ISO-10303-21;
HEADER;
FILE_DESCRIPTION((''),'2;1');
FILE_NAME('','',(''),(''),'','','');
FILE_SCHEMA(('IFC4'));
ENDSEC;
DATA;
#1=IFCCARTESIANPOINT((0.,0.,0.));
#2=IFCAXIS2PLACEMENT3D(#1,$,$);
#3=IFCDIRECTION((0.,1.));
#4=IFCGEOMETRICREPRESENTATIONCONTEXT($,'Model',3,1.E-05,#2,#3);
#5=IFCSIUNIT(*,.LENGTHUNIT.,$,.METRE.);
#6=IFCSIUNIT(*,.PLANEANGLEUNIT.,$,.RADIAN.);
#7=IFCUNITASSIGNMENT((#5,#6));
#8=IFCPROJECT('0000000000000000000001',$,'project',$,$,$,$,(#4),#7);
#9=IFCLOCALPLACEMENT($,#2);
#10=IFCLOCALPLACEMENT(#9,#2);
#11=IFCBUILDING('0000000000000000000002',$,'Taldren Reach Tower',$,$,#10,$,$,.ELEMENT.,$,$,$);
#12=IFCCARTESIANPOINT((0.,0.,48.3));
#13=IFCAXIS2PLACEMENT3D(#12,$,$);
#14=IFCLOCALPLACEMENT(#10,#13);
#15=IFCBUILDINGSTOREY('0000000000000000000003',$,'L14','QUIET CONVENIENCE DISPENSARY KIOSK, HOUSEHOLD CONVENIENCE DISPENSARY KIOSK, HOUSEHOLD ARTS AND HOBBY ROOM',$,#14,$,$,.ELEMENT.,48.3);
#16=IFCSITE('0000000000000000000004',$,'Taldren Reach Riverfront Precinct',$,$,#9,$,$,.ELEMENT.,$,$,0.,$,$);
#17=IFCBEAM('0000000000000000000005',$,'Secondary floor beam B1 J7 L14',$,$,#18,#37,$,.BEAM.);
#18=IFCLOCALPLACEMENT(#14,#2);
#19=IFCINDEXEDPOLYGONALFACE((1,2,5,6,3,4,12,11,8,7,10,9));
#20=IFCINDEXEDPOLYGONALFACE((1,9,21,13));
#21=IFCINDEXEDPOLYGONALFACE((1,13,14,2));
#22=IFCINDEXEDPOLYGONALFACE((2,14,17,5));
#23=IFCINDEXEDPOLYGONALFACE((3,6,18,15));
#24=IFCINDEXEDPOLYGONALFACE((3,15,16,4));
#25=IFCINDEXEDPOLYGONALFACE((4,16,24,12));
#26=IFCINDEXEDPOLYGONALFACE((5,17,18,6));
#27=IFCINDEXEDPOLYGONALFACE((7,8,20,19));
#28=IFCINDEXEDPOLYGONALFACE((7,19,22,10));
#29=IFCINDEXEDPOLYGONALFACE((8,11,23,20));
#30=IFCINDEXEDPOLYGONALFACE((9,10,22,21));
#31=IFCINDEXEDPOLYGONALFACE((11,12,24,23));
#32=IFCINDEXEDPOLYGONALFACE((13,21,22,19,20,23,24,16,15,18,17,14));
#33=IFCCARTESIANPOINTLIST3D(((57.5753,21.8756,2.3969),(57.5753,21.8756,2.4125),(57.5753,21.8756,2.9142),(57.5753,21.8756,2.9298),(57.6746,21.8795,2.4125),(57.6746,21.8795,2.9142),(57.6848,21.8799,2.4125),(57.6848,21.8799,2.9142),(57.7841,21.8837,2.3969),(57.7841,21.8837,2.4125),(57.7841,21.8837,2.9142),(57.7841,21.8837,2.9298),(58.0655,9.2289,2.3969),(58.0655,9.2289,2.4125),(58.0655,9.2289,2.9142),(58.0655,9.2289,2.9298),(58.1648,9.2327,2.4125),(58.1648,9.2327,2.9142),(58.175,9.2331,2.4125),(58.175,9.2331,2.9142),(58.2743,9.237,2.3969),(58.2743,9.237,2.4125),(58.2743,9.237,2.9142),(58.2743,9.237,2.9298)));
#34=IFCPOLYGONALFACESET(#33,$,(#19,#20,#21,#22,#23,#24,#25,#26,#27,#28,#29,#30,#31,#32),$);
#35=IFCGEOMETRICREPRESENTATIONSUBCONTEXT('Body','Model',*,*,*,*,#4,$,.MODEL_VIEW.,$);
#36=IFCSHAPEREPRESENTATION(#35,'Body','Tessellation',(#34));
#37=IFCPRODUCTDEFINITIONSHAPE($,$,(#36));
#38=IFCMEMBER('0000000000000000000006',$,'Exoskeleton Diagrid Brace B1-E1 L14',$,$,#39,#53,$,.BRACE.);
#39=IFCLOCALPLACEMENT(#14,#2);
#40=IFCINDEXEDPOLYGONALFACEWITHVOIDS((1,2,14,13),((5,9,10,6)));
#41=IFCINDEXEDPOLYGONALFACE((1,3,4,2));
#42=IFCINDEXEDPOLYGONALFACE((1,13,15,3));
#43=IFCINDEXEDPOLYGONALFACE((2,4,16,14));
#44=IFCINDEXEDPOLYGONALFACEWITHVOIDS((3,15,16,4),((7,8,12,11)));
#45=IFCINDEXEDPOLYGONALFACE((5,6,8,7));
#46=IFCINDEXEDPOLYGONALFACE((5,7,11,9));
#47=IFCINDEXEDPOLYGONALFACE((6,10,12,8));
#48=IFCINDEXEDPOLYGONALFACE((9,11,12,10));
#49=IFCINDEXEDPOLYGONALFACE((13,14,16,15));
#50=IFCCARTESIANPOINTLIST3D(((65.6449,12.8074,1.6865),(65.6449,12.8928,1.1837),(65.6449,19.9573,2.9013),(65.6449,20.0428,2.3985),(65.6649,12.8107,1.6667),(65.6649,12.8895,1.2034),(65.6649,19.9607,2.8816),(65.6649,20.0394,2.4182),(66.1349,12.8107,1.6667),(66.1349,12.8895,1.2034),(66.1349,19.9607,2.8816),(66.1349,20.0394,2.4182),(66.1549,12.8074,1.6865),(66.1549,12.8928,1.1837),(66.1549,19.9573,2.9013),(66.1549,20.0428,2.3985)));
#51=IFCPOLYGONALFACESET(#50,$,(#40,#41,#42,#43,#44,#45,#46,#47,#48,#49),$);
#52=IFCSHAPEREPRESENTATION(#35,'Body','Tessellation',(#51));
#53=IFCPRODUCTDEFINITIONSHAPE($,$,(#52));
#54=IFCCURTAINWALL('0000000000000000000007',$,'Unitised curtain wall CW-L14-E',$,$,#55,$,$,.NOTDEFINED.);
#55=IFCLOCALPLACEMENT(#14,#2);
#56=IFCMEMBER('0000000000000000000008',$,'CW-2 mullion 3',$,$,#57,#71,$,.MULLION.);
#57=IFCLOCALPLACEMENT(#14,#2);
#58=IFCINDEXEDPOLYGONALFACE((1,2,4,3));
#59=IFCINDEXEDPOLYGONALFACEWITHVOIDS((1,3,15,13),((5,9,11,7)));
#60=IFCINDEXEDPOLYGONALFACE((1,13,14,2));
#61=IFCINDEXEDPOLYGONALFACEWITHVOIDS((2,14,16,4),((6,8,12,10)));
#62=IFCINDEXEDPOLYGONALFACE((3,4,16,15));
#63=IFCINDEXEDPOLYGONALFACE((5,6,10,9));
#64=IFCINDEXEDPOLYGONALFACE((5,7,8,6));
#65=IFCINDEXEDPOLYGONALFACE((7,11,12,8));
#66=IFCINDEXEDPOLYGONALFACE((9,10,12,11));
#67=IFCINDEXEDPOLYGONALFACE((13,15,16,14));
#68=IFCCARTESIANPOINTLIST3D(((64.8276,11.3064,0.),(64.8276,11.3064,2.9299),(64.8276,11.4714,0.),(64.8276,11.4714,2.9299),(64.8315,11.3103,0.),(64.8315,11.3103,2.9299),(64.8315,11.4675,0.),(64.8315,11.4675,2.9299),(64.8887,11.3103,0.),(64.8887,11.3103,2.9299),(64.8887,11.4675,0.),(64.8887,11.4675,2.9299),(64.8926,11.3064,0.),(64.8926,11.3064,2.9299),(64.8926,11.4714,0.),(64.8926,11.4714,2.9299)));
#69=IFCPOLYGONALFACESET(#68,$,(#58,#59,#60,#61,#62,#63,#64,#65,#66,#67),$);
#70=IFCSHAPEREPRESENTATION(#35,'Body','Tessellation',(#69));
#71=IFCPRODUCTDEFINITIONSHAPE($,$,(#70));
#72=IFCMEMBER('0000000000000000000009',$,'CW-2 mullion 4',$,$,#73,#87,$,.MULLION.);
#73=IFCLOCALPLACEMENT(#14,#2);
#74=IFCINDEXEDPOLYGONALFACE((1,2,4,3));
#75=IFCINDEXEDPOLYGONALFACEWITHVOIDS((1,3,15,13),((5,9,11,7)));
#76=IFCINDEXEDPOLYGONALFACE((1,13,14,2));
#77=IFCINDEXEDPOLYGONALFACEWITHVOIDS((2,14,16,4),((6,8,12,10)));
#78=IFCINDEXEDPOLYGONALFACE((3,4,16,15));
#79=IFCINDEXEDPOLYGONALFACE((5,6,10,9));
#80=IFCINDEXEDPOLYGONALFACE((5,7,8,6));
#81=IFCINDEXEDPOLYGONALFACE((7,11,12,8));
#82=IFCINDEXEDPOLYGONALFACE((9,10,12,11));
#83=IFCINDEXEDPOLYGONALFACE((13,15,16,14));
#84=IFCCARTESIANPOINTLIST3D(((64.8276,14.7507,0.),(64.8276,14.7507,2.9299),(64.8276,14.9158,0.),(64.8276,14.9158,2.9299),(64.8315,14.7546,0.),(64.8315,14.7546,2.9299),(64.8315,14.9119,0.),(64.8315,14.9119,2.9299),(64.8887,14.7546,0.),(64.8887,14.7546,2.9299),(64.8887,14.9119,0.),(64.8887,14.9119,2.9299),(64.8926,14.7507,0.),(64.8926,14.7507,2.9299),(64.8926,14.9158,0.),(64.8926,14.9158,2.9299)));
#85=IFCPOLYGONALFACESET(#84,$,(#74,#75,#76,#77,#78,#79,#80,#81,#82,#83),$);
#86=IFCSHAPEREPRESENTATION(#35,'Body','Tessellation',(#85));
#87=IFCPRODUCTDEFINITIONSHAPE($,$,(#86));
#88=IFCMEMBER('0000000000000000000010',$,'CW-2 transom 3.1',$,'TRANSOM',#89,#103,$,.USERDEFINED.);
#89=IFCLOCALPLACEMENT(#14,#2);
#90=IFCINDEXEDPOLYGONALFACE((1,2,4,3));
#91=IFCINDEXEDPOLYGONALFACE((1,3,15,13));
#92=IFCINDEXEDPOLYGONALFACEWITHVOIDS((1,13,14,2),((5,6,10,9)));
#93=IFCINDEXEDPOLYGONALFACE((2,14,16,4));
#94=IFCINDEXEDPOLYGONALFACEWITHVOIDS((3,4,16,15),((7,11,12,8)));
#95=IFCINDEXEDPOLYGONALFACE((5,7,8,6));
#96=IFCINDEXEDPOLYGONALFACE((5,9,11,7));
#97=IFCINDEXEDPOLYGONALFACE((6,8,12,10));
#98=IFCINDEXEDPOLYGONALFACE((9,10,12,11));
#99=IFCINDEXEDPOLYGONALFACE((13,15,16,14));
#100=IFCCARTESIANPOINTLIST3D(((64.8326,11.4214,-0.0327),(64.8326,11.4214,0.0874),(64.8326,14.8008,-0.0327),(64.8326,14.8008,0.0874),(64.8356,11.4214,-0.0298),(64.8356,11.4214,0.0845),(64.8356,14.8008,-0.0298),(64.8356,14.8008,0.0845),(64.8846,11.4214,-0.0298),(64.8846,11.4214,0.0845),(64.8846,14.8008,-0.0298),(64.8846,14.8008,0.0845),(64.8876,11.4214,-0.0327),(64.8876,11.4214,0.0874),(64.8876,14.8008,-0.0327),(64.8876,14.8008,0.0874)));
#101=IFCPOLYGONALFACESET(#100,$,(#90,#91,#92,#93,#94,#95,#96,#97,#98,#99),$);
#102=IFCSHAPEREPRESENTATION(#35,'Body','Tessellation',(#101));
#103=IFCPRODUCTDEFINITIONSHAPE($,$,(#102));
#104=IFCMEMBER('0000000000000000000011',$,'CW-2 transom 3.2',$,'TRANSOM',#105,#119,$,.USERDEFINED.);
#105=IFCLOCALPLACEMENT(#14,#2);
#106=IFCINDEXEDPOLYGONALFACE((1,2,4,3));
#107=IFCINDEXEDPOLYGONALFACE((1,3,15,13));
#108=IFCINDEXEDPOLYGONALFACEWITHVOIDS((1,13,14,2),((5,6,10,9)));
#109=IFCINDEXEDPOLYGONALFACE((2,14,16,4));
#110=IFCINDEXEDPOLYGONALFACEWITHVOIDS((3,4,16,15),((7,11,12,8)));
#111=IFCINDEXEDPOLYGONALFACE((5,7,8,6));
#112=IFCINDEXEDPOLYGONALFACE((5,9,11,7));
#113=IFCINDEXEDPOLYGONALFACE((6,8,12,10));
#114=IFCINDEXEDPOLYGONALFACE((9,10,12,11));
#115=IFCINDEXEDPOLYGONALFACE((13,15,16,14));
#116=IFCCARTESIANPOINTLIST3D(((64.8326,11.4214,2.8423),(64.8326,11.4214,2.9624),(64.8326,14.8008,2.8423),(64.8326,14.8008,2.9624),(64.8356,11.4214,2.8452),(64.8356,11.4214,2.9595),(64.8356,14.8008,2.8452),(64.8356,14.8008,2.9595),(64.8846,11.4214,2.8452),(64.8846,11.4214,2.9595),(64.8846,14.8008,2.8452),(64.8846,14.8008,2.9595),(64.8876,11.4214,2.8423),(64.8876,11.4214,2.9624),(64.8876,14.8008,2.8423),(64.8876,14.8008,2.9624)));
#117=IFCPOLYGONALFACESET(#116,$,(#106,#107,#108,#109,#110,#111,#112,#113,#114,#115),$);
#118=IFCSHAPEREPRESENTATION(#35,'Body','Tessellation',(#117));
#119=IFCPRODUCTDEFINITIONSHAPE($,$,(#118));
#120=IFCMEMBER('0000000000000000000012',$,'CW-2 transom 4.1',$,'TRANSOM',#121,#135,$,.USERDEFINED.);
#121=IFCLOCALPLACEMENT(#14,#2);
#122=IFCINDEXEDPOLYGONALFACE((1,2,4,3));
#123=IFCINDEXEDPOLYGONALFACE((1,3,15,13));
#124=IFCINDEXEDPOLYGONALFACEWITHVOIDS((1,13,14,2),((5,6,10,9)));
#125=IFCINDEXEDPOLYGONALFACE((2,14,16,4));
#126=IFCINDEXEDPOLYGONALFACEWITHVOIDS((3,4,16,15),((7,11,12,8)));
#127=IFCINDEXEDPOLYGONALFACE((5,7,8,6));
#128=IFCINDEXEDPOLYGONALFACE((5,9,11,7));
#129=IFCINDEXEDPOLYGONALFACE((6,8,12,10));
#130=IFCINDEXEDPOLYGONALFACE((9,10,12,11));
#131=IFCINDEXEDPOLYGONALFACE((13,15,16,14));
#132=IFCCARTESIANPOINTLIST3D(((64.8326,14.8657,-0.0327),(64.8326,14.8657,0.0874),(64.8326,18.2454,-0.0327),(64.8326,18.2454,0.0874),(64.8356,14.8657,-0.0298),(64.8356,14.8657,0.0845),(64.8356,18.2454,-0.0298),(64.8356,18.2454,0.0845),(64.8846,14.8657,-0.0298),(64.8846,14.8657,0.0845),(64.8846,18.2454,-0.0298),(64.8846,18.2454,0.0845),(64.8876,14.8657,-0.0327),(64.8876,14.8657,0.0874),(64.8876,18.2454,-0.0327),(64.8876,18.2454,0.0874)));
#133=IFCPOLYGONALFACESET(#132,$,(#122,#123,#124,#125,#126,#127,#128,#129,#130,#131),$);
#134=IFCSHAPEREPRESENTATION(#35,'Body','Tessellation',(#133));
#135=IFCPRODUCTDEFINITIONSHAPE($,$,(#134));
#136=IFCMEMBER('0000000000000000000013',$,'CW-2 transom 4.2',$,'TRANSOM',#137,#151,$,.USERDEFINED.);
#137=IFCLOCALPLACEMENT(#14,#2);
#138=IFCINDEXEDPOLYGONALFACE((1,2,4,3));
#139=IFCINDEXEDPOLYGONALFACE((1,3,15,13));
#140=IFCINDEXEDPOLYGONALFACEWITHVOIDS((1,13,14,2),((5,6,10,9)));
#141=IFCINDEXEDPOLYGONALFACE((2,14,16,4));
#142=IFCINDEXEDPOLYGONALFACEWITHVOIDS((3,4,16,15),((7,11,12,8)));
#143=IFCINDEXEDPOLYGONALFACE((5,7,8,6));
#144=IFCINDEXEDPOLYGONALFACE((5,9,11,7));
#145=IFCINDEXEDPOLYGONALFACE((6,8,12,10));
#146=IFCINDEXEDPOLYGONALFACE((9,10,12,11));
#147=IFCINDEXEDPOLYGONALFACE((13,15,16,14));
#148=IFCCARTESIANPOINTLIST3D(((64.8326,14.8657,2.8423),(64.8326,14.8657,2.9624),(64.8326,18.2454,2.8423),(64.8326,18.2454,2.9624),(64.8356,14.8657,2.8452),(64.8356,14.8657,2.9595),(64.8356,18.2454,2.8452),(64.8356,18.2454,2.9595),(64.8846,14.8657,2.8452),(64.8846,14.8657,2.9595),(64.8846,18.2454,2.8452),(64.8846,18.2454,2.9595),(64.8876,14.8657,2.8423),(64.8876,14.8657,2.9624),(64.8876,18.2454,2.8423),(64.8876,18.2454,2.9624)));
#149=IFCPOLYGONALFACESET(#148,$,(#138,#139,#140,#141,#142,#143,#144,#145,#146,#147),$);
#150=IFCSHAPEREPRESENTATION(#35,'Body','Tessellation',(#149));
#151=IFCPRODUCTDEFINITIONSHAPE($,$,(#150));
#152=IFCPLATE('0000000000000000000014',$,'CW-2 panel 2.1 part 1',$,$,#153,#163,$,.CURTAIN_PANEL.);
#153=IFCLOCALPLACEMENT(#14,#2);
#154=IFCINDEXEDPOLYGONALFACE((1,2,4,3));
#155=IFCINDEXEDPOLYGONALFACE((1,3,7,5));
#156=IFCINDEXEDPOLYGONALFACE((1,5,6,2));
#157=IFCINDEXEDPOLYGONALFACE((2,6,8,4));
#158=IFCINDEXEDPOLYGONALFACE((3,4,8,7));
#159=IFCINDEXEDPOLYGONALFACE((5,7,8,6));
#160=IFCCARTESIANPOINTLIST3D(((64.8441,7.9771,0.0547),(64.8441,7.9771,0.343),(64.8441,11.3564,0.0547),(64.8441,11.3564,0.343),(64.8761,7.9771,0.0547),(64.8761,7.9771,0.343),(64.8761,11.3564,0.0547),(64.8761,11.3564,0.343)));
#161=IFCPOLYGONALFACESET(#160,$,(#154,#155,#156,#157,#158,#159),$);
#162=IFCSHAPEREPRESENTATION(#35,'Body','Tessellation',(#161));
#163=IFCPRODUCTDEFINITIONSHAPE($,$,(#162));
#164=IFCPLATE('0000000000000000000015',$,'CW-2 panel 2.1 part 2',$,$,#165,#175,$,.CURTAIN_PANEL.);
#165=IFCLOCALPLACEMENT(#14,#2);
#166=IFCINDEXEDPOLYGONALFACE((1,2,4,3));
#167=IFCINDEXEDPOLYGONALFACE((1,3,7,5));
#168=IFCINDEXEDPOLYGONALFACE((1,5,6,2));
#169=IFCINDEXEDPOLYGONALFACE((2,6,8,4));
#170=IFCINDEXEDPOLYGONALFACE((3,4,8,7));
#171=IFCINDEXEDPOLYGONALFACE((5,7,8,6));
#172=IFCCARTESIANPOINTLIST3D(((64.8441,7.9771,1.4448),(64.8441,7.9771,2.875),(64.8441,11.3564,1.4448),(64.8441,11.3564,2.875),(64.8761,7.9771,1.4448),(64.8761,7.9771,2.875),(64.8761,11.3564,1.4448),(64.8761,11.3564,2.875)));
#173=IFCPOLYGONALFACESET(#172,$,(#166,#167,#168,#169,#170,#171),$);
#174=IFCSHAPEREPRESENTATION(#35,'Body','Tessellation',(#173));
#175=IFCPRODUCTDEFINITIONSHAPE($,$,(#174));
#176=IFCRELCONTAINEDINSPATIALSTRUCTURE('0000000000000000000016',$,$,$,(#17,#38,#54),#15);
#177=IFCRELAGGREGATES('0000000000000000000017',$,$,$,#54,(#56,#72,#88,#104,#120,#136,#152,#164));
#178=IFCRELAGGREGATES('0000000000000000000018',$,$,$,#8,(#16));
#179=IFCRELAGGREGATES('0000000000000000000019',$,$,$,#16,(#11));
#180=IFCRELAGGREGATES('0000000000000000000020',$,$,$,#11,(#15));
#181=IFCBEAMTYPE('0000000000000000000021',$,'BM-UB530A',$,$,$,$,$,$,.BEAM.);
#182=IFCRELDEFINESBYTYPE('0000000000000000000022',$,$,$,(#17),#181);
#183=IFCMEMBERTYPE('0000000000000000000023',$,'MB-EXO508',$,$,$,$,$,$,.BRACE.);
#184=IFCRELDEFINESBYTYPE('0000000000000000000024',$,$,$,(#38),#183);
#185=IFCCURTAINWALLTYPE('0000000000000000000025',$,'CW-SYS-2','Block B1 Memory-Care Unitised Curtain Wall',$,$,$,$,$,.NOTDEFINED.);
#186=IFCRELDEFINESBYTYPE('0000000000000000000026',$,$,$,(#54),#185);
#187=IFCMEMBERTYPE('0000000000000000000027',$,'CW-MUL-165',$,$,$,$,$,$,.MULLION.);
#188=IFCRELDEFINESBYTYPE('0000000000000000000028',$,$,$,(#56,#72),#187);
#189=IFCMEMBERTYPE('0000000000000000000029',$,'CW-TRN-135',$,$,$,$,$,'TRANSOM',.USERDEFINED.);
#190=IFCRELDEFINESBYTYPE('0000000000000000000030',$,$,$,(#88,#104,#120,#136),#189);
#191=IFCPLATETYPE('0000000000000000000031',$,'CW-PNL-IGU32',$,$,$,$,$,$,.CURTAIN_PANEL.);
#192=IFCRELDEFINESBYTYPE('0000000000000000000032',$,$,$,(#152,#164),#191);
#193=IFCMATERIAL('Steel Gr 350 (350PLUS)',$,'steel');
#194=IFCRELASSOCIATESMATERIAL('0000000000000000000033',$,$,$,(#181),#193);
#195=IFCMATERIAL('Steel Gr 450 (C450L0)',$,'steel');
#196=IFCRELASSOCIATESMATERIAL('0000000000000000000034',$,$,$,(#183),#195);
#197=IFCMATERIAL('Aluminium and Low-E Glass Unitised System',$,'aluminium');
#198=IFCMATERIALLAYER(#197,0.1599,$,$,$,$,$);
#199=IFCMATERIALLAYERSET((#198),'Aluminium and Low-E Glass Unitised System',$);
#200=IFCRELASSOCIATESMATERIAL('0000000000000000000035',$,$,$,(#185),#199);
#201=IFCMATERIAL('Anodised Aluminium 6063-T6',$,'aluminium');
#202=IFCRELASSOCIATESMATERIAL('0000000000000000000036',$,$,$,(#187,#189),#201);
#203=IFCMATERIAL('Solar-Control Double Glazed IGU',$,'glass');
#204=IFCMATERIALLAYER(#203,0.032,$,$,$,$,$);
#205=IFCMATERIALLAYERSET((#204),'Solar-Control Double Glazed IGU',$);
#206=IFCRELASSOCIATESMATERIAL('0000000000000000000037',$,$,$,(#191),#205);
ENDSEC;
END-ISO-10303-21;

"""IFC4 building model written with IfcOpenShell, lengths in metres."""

from ifc_helpers import new_model, si_unit, direction, frame, origin, origin_2d, place, context, subcontext, project, spatial, rectangle, hollow_rectangle, i_section, extrude, source, transform, mapped, material, layer, layer_set, material_profile, profile_set, type_object, element, aggregate, save


model = new_model("IFC4")

# Units and contexts
model_context = context("Model", 3, precision=1e-05, world=origin(), true_north=direction((0.0, 1.0)))
body_context = subcontext(model_context, "Body", "Model", "MODEL_VIEW")
ifc_project = project(units=[si_unit("LENGTHUNIT", "METRE"), si_unit("PLANEANGLEUNIT", "RADIAN")], contexts=[model_context])

# Site, building, storey
site_placement = place(None, origin())
site = spatial("IfcSite", under=ifc_project, at=site_placement, Name="Taldren Reach Riverfront Precinct", CompositionType="ELEMENT", RefElevation=0.0)
building_placement = place(site_placement, origin())
building = spatial("IfcBuilding", under=site, at=building_placement, Name="Taldren Reach Tower", CompositionType="ELEMENT")
storey_placement = place(building_placement, frame((0.0, 0.0, 48.3)))
storey = spatial("IfcBuildingStorey", under=building, at=storey_placement, Name="L14", Description="QUIET CONVENIENCE DISPENSARY KIOSK, HOUSEHOLD CONVENIENCE DISPENSARY KIOSK, HOUSEHOLD ARTS AND HOBBY ROOM", CompositionType="ELEMENT", Elevation=48.3)

# Beam
ifc_material_1 = material(Name="Steel Gr 350 (350PLUS)", Category="steel")
ifc_material_profile_1 = material_profile(ifc_material_1, i_section(OverallWidth=0.209, OverallDepth=0.533, WebThickness=0.0103, FlangeThickness=0.0156, at=origin_2d()), Name="530UB92.4")
ifc_profile_set_1 = profile_set([ifc_material_profile_1], Name="Steel Gr 350 (350PLUS)")
beam_type = type_object("IfcBeamType", Name="BM-UB530A", PredefinedType="BEAM", material=ifc_profile_set_1)
shared_shape_1 = source(origin(), body_context, "Body", "SweptSolid", [
    extrude(i_section(OverallWidth=0.209, OverallDepth=0.533, WebThickness=0.0103, FlangeThickness=0.0156, at=origin_2d()), origin(), (0.0, 0.0, 1.0), 12.6562),
])
beam_placement = place(storey_placement, frame((58.1699, 9.2329, 2.6633), z_axis=(-0.038735, 0.99925, 0.0), x_axis=(-0.99925, -0.038735, 0.0)))
element("IfcBeam", 1, at=beam_placement, inside=storey, type_object=beam_type, Name="Secondary floor beam B1 J7 L14", PredefinedType="BEAM", context=body_context, shape_type="MappedRepresentation", body=[
    mapped(shared_shape_1, transform((0.0, 0.0, 0.0), scale=1.0)),
])

# Member
ifc_material_2 = material(Name="Steel Gr 450 (C450L0)", Category="steel")
ifc_material_profile_2 = material_profile(ifc_material_2, hollow_rectangle(XDim=0.51, YDim=0.51, WallThickness=0.02, at=origin_2d()), Name="510x510x20.0SHS")
ifc_profile_set_2 = profile_set([ifc_material_profile_2], Name="Steel Gr 450 (C450L0)")
member_type_1 = type_object("IfcMemberType", Name="MB-EXO508", PredefinedType="BRACE", material=ifc_profile_set_2)
shared_shape_2 = source(origin(), body_context, "Body", "SweptSolid", [
    extrude(hollow_rectangle(XDim=0.51, YDim=0.51, WallThickness=0.02, at=origin_2d()), origin(), (0.0, 0.0, 1.0), 7.2524),
])
member_1_placement = place(storey_placement, frame((65.8999, 12.8501, 1.4351), z_axis=(0.0, 0.98587, 0.16751), x_axis=(-1.0, 0.0, 0.0)))
element("IfcMember", 2, at=member_1_placement, inside=storey, type_object=member_type_1, Name="Exoskeleton Diagrid Brace B1-E1 L14", PredefinedType="BRACE", context=body_context, shape_type="MappedRepresentation", body=[
    mapped(shared_shape_2, transform((0.0, 0.0, 0.0), scale=1.0)),
])

# Curtain wall, members, plates
ifc_material_3 = material(Name="Aluminium and Low-E Glass Unitised System", Category="aluminium")
ifc_layer_1 = layer(ifc_material_3, 0.1599)
ifc_layer_set_1 = layer_set([ifc_layer_1], Name="Aluminium and Low-E Glass Unitised System")
curtain_wall_type = type_object("IfcCurtainWallType", Name="CW-SYS-2", Description="Block B1 Memory-Care Unitised Curtain Wall", PredefinedType="NOTDEFINED", material=ifc_layer_set_1)
curtain_wall_placement = place(storey_placement, origin())
curtain_wall = element("IfcCurtainWall", 3, at=curtain_wall_placement, inside=storey, type_object=curtain_wall_type, Name="Unitised curtain wall CW-L14-E", PredefinedType="NOTDEFINED")
ifc_material_4 = material(Name="Anodised Aluminium 6063-T6", Category="aluminium")
ifc_material_profile_3 = material_profile(ifc_material_4, hollow_rectangle(XDim=0.0649, YDim=0.165, WallThickness=0.0039, at=origin_2d()), Name="ALU-165x65x4RHS")
ifc_profile_set_3 = profile_set([ifc_material_profile_3], Name="Anodised Aluminium 6063-T6")
member_type_2 = type_object("IfcMemberType", Name="CW-MUL-165", PredefinedType="MULLION", material=ifc_profile_set_3)
shared_shape_3 = source(origin(), body_context, "Body", "SweptSolid", [
    extrude(hollow_rectangle(XDim=0.0649, YDim=0.165, WallThickness=0.0039, at=origin_2d()), origin(), (0.0, 0.0, 1.0), 2.9299),
])
member_2_placement = place(storey_placement, frame((64.8601, 11.3889, 0.0), z_axis=(0.0, 0.0, 1.0), x_axis=(-1.0, 0.0, 0.0)))
member_2 = element("IfcMember", 4, at=member_2_placement, type_object=member_type_2, Name="CW-2 mullion 3", PredefinedType="MULLION", context=body_context, shape_type="MappedRepresentation", body=[
    mapped(shared_shape_3, transform((0.0, 0.0, 0.0), scale=1.0)),
])
member_3_placement = place(storey_placement, frame((64.8601, 14.8333, 0.0), z_axis=(0.0, 0.0, 1.0), x_axis=(-1.0, 0.0, 0.0)))
member_3 = element("IfcMember", 5, at=member_3_placement, type_object=member_type_2, Name="CW-2 mullion 4", PredefinedType="MULLION", context=body_context, shape_type="MappedRepresentation", body=[
    mapped(shared_shape_3, transform((0.0, 0.0, 0.0), scale=1.0)),
])
ifc_material_profile_4 = material_profile(ifc_material_4, hollow_rectangle(XDim=0.0549, YDim=0.1201, WallThickness=0.0029, at=origin_2d()), Name="ALU-120x55x3RHS")
ifc_profile_set_4 = profile_set([ifc_material_profile_4], Name="Anodised Aluminium 6063-T6")
member_type_3 = type_object("IfcMemberType", Name="CW-TRN-135", ElementType="TRANSOM", PredefinedType="USERDEFINED", material=ifc_profile_set_4)
shared_shape_4 = source(origin(), body_context, "Body", "SweptSolid", [
    extrude(hollow_rectangle(XDim=0.0549, YDim=0.1201, WallThickness=0.0029, at=origin_2d()), origin(), (0.0, 0.0, 1.0), 3.3794),
])
member_4_placement = place(storey_placement, frame((64.8601, 11.4214, 0.0273), z_axis=(0.0, 1.0, 0.0), x_axis=(-1.0, 0.0, 0.0)))
member_4 = element("IfcMember", 6, at=member_4_placement, type_object=member_type_3, Name="CW-2 transom 3.1", ObjectType="TRANSOM", PredefinedType="USERDEFINED", context=body_context, shape_type="MappedRepresentation", body=[
    mapped(shared_shape_4, transform((0.0, 0.0, 0.0), scale=1.0)),
])
member_5_placement = place(storey_placement, frame((64.8601, 11.4214, 2.9023), z_axis=(0.0, 1.0, 0.0), x_axis=(-1.0, 0.0, 0.0)))
member_5 = element("IfcMember", 7, at=member_5_placement, type_object=member_type_3, Name="CW-2 transom 3.2", ObjectType="TRANSOM", PredefinedType="USERDEFINED", context=body_context, shape_type="MappedRepresentation", body=[
    mapped(shared_shape_4, transform((0.0, 0.0, 0.0), scale=1.0)),
])
shared_shape_5 = source(origin(), body_context, "Body", "SweptSolid", [
    extrude(hollow_rectangle(XDim=0.0549, YDim=0.1201, WallThickness=0.0029, at=origin_2d()), origin(), (0.0, 0.0, 1.0), 3.3796),
])
member_6_placement = place(storey_placement, frame((64.8601, 14.8657, 0.0273), z_axis=(0.0, 1.0, 0.0), x_axis=(-1.0, 0.0, 0.0)))
member_6 = element("IfcMember", 8, at=member_6_placement, type_object=member_type_3, Name="CW-2 transom 4.1", ObjectType="TRANSOM", PredefinedType="USERDEFINED", context=body_context, shape_type="MappedRepresentation", body=[
    mapped(shared_shape_5, transform((0.0, 0.0, 0.0), scale=1.0)),
])
member_7_placement = place(storey_placement, frame((64.8601, 14.8657, 2.9023), z_axis=(0.0, 1.0, 0.0), x_axis=(-1.0, 0.0, 0.0)))
member_7 = element("IfcMember", 9, at=member_7_placement, type_object=member_type_3, Name="CW-2 transom 4.2", ObjectType="TRANSOM", PredefinedType="USERDEFINED", context=body_context, shape_type="MappedRepresentation", body=[
    mapped(shared_shape_5, transform((0.0, 0.0, 0.0), scale=1.0)),
])
ifc_material_5 = material(Name="Solar-Control Double Glazed IGU", Category="glass")
ifc_layer_2 = layer(ifc_material_5, 0.032)
ifc_layer_set_2 = layer_set([ifc_layer_2], Name="Solar-Control Double Glazed IGU")
plate_type = type_object("IfcPlateType", Name="CW-PNL-IGU32", PredefinedType="CURTAIN_PANEL", material=ifc_layer_set_2)
shared_shape_6 = source(origin(), body_context, "Body", "SweptSolid", [
    extrude(rectangle(XDim=3.3794, YDim=0.032, at=origin_2d()), origin(), (0.0, 0.0, 1.0), 0.2883),
])
plate_1_placement = place(storey_placement, frame((64.8601, 9.6667, 0.0547), z_axis=(0.0, 0.0, 1.0), x_axis=(0.0, 1.0, 0.0)))
plate_1 = element("IfcPlate", 10, at=plate_1_placement, type_object=plate_type, Name="CW-2 panel 2.1 part 1", PredefinedType="CURTAIN_PANEL", context=body_context, shape_type="MappedRepresentation", body=[
    mapped(shared_shape_6, transform((0.0, 0.0, 0.0), scale=1.0)),
])
shared_shape_7 = source(origin(), body_context, "Body", "SweptSolid", [
    extrude(rectangle(XDim=3.3794, YDim=0.032, at=origin_2d()), origin(), (0.0, 0.0, 1.0), 1.4302),
])
plate_2_placement = place(storey_placement, frame((64.8601, 9.6667, 1.4448), z_axis=(0.0, 0.0, 1.0), x_axis=(0.0, 1.0, 0.0)))
plate_2 = element("IfcPlate", 11, at=plate_2_placement, type_object=plate_type, Name="CW-2 panel 2.1 part 2", PredefinedType="CURTAIN_PANEL", context=body_context, shape_type="MappedRepresentation", body=[
    mapped(shared_shape_7, transform((0.0, 0.0, 0.0), scale=1.0)),
])
aggregate(curtain_wall, [member_2, member_3, member_4, member_5, member_6, member_7, plate_1, plate_2])

save(model, "model.ifc")
